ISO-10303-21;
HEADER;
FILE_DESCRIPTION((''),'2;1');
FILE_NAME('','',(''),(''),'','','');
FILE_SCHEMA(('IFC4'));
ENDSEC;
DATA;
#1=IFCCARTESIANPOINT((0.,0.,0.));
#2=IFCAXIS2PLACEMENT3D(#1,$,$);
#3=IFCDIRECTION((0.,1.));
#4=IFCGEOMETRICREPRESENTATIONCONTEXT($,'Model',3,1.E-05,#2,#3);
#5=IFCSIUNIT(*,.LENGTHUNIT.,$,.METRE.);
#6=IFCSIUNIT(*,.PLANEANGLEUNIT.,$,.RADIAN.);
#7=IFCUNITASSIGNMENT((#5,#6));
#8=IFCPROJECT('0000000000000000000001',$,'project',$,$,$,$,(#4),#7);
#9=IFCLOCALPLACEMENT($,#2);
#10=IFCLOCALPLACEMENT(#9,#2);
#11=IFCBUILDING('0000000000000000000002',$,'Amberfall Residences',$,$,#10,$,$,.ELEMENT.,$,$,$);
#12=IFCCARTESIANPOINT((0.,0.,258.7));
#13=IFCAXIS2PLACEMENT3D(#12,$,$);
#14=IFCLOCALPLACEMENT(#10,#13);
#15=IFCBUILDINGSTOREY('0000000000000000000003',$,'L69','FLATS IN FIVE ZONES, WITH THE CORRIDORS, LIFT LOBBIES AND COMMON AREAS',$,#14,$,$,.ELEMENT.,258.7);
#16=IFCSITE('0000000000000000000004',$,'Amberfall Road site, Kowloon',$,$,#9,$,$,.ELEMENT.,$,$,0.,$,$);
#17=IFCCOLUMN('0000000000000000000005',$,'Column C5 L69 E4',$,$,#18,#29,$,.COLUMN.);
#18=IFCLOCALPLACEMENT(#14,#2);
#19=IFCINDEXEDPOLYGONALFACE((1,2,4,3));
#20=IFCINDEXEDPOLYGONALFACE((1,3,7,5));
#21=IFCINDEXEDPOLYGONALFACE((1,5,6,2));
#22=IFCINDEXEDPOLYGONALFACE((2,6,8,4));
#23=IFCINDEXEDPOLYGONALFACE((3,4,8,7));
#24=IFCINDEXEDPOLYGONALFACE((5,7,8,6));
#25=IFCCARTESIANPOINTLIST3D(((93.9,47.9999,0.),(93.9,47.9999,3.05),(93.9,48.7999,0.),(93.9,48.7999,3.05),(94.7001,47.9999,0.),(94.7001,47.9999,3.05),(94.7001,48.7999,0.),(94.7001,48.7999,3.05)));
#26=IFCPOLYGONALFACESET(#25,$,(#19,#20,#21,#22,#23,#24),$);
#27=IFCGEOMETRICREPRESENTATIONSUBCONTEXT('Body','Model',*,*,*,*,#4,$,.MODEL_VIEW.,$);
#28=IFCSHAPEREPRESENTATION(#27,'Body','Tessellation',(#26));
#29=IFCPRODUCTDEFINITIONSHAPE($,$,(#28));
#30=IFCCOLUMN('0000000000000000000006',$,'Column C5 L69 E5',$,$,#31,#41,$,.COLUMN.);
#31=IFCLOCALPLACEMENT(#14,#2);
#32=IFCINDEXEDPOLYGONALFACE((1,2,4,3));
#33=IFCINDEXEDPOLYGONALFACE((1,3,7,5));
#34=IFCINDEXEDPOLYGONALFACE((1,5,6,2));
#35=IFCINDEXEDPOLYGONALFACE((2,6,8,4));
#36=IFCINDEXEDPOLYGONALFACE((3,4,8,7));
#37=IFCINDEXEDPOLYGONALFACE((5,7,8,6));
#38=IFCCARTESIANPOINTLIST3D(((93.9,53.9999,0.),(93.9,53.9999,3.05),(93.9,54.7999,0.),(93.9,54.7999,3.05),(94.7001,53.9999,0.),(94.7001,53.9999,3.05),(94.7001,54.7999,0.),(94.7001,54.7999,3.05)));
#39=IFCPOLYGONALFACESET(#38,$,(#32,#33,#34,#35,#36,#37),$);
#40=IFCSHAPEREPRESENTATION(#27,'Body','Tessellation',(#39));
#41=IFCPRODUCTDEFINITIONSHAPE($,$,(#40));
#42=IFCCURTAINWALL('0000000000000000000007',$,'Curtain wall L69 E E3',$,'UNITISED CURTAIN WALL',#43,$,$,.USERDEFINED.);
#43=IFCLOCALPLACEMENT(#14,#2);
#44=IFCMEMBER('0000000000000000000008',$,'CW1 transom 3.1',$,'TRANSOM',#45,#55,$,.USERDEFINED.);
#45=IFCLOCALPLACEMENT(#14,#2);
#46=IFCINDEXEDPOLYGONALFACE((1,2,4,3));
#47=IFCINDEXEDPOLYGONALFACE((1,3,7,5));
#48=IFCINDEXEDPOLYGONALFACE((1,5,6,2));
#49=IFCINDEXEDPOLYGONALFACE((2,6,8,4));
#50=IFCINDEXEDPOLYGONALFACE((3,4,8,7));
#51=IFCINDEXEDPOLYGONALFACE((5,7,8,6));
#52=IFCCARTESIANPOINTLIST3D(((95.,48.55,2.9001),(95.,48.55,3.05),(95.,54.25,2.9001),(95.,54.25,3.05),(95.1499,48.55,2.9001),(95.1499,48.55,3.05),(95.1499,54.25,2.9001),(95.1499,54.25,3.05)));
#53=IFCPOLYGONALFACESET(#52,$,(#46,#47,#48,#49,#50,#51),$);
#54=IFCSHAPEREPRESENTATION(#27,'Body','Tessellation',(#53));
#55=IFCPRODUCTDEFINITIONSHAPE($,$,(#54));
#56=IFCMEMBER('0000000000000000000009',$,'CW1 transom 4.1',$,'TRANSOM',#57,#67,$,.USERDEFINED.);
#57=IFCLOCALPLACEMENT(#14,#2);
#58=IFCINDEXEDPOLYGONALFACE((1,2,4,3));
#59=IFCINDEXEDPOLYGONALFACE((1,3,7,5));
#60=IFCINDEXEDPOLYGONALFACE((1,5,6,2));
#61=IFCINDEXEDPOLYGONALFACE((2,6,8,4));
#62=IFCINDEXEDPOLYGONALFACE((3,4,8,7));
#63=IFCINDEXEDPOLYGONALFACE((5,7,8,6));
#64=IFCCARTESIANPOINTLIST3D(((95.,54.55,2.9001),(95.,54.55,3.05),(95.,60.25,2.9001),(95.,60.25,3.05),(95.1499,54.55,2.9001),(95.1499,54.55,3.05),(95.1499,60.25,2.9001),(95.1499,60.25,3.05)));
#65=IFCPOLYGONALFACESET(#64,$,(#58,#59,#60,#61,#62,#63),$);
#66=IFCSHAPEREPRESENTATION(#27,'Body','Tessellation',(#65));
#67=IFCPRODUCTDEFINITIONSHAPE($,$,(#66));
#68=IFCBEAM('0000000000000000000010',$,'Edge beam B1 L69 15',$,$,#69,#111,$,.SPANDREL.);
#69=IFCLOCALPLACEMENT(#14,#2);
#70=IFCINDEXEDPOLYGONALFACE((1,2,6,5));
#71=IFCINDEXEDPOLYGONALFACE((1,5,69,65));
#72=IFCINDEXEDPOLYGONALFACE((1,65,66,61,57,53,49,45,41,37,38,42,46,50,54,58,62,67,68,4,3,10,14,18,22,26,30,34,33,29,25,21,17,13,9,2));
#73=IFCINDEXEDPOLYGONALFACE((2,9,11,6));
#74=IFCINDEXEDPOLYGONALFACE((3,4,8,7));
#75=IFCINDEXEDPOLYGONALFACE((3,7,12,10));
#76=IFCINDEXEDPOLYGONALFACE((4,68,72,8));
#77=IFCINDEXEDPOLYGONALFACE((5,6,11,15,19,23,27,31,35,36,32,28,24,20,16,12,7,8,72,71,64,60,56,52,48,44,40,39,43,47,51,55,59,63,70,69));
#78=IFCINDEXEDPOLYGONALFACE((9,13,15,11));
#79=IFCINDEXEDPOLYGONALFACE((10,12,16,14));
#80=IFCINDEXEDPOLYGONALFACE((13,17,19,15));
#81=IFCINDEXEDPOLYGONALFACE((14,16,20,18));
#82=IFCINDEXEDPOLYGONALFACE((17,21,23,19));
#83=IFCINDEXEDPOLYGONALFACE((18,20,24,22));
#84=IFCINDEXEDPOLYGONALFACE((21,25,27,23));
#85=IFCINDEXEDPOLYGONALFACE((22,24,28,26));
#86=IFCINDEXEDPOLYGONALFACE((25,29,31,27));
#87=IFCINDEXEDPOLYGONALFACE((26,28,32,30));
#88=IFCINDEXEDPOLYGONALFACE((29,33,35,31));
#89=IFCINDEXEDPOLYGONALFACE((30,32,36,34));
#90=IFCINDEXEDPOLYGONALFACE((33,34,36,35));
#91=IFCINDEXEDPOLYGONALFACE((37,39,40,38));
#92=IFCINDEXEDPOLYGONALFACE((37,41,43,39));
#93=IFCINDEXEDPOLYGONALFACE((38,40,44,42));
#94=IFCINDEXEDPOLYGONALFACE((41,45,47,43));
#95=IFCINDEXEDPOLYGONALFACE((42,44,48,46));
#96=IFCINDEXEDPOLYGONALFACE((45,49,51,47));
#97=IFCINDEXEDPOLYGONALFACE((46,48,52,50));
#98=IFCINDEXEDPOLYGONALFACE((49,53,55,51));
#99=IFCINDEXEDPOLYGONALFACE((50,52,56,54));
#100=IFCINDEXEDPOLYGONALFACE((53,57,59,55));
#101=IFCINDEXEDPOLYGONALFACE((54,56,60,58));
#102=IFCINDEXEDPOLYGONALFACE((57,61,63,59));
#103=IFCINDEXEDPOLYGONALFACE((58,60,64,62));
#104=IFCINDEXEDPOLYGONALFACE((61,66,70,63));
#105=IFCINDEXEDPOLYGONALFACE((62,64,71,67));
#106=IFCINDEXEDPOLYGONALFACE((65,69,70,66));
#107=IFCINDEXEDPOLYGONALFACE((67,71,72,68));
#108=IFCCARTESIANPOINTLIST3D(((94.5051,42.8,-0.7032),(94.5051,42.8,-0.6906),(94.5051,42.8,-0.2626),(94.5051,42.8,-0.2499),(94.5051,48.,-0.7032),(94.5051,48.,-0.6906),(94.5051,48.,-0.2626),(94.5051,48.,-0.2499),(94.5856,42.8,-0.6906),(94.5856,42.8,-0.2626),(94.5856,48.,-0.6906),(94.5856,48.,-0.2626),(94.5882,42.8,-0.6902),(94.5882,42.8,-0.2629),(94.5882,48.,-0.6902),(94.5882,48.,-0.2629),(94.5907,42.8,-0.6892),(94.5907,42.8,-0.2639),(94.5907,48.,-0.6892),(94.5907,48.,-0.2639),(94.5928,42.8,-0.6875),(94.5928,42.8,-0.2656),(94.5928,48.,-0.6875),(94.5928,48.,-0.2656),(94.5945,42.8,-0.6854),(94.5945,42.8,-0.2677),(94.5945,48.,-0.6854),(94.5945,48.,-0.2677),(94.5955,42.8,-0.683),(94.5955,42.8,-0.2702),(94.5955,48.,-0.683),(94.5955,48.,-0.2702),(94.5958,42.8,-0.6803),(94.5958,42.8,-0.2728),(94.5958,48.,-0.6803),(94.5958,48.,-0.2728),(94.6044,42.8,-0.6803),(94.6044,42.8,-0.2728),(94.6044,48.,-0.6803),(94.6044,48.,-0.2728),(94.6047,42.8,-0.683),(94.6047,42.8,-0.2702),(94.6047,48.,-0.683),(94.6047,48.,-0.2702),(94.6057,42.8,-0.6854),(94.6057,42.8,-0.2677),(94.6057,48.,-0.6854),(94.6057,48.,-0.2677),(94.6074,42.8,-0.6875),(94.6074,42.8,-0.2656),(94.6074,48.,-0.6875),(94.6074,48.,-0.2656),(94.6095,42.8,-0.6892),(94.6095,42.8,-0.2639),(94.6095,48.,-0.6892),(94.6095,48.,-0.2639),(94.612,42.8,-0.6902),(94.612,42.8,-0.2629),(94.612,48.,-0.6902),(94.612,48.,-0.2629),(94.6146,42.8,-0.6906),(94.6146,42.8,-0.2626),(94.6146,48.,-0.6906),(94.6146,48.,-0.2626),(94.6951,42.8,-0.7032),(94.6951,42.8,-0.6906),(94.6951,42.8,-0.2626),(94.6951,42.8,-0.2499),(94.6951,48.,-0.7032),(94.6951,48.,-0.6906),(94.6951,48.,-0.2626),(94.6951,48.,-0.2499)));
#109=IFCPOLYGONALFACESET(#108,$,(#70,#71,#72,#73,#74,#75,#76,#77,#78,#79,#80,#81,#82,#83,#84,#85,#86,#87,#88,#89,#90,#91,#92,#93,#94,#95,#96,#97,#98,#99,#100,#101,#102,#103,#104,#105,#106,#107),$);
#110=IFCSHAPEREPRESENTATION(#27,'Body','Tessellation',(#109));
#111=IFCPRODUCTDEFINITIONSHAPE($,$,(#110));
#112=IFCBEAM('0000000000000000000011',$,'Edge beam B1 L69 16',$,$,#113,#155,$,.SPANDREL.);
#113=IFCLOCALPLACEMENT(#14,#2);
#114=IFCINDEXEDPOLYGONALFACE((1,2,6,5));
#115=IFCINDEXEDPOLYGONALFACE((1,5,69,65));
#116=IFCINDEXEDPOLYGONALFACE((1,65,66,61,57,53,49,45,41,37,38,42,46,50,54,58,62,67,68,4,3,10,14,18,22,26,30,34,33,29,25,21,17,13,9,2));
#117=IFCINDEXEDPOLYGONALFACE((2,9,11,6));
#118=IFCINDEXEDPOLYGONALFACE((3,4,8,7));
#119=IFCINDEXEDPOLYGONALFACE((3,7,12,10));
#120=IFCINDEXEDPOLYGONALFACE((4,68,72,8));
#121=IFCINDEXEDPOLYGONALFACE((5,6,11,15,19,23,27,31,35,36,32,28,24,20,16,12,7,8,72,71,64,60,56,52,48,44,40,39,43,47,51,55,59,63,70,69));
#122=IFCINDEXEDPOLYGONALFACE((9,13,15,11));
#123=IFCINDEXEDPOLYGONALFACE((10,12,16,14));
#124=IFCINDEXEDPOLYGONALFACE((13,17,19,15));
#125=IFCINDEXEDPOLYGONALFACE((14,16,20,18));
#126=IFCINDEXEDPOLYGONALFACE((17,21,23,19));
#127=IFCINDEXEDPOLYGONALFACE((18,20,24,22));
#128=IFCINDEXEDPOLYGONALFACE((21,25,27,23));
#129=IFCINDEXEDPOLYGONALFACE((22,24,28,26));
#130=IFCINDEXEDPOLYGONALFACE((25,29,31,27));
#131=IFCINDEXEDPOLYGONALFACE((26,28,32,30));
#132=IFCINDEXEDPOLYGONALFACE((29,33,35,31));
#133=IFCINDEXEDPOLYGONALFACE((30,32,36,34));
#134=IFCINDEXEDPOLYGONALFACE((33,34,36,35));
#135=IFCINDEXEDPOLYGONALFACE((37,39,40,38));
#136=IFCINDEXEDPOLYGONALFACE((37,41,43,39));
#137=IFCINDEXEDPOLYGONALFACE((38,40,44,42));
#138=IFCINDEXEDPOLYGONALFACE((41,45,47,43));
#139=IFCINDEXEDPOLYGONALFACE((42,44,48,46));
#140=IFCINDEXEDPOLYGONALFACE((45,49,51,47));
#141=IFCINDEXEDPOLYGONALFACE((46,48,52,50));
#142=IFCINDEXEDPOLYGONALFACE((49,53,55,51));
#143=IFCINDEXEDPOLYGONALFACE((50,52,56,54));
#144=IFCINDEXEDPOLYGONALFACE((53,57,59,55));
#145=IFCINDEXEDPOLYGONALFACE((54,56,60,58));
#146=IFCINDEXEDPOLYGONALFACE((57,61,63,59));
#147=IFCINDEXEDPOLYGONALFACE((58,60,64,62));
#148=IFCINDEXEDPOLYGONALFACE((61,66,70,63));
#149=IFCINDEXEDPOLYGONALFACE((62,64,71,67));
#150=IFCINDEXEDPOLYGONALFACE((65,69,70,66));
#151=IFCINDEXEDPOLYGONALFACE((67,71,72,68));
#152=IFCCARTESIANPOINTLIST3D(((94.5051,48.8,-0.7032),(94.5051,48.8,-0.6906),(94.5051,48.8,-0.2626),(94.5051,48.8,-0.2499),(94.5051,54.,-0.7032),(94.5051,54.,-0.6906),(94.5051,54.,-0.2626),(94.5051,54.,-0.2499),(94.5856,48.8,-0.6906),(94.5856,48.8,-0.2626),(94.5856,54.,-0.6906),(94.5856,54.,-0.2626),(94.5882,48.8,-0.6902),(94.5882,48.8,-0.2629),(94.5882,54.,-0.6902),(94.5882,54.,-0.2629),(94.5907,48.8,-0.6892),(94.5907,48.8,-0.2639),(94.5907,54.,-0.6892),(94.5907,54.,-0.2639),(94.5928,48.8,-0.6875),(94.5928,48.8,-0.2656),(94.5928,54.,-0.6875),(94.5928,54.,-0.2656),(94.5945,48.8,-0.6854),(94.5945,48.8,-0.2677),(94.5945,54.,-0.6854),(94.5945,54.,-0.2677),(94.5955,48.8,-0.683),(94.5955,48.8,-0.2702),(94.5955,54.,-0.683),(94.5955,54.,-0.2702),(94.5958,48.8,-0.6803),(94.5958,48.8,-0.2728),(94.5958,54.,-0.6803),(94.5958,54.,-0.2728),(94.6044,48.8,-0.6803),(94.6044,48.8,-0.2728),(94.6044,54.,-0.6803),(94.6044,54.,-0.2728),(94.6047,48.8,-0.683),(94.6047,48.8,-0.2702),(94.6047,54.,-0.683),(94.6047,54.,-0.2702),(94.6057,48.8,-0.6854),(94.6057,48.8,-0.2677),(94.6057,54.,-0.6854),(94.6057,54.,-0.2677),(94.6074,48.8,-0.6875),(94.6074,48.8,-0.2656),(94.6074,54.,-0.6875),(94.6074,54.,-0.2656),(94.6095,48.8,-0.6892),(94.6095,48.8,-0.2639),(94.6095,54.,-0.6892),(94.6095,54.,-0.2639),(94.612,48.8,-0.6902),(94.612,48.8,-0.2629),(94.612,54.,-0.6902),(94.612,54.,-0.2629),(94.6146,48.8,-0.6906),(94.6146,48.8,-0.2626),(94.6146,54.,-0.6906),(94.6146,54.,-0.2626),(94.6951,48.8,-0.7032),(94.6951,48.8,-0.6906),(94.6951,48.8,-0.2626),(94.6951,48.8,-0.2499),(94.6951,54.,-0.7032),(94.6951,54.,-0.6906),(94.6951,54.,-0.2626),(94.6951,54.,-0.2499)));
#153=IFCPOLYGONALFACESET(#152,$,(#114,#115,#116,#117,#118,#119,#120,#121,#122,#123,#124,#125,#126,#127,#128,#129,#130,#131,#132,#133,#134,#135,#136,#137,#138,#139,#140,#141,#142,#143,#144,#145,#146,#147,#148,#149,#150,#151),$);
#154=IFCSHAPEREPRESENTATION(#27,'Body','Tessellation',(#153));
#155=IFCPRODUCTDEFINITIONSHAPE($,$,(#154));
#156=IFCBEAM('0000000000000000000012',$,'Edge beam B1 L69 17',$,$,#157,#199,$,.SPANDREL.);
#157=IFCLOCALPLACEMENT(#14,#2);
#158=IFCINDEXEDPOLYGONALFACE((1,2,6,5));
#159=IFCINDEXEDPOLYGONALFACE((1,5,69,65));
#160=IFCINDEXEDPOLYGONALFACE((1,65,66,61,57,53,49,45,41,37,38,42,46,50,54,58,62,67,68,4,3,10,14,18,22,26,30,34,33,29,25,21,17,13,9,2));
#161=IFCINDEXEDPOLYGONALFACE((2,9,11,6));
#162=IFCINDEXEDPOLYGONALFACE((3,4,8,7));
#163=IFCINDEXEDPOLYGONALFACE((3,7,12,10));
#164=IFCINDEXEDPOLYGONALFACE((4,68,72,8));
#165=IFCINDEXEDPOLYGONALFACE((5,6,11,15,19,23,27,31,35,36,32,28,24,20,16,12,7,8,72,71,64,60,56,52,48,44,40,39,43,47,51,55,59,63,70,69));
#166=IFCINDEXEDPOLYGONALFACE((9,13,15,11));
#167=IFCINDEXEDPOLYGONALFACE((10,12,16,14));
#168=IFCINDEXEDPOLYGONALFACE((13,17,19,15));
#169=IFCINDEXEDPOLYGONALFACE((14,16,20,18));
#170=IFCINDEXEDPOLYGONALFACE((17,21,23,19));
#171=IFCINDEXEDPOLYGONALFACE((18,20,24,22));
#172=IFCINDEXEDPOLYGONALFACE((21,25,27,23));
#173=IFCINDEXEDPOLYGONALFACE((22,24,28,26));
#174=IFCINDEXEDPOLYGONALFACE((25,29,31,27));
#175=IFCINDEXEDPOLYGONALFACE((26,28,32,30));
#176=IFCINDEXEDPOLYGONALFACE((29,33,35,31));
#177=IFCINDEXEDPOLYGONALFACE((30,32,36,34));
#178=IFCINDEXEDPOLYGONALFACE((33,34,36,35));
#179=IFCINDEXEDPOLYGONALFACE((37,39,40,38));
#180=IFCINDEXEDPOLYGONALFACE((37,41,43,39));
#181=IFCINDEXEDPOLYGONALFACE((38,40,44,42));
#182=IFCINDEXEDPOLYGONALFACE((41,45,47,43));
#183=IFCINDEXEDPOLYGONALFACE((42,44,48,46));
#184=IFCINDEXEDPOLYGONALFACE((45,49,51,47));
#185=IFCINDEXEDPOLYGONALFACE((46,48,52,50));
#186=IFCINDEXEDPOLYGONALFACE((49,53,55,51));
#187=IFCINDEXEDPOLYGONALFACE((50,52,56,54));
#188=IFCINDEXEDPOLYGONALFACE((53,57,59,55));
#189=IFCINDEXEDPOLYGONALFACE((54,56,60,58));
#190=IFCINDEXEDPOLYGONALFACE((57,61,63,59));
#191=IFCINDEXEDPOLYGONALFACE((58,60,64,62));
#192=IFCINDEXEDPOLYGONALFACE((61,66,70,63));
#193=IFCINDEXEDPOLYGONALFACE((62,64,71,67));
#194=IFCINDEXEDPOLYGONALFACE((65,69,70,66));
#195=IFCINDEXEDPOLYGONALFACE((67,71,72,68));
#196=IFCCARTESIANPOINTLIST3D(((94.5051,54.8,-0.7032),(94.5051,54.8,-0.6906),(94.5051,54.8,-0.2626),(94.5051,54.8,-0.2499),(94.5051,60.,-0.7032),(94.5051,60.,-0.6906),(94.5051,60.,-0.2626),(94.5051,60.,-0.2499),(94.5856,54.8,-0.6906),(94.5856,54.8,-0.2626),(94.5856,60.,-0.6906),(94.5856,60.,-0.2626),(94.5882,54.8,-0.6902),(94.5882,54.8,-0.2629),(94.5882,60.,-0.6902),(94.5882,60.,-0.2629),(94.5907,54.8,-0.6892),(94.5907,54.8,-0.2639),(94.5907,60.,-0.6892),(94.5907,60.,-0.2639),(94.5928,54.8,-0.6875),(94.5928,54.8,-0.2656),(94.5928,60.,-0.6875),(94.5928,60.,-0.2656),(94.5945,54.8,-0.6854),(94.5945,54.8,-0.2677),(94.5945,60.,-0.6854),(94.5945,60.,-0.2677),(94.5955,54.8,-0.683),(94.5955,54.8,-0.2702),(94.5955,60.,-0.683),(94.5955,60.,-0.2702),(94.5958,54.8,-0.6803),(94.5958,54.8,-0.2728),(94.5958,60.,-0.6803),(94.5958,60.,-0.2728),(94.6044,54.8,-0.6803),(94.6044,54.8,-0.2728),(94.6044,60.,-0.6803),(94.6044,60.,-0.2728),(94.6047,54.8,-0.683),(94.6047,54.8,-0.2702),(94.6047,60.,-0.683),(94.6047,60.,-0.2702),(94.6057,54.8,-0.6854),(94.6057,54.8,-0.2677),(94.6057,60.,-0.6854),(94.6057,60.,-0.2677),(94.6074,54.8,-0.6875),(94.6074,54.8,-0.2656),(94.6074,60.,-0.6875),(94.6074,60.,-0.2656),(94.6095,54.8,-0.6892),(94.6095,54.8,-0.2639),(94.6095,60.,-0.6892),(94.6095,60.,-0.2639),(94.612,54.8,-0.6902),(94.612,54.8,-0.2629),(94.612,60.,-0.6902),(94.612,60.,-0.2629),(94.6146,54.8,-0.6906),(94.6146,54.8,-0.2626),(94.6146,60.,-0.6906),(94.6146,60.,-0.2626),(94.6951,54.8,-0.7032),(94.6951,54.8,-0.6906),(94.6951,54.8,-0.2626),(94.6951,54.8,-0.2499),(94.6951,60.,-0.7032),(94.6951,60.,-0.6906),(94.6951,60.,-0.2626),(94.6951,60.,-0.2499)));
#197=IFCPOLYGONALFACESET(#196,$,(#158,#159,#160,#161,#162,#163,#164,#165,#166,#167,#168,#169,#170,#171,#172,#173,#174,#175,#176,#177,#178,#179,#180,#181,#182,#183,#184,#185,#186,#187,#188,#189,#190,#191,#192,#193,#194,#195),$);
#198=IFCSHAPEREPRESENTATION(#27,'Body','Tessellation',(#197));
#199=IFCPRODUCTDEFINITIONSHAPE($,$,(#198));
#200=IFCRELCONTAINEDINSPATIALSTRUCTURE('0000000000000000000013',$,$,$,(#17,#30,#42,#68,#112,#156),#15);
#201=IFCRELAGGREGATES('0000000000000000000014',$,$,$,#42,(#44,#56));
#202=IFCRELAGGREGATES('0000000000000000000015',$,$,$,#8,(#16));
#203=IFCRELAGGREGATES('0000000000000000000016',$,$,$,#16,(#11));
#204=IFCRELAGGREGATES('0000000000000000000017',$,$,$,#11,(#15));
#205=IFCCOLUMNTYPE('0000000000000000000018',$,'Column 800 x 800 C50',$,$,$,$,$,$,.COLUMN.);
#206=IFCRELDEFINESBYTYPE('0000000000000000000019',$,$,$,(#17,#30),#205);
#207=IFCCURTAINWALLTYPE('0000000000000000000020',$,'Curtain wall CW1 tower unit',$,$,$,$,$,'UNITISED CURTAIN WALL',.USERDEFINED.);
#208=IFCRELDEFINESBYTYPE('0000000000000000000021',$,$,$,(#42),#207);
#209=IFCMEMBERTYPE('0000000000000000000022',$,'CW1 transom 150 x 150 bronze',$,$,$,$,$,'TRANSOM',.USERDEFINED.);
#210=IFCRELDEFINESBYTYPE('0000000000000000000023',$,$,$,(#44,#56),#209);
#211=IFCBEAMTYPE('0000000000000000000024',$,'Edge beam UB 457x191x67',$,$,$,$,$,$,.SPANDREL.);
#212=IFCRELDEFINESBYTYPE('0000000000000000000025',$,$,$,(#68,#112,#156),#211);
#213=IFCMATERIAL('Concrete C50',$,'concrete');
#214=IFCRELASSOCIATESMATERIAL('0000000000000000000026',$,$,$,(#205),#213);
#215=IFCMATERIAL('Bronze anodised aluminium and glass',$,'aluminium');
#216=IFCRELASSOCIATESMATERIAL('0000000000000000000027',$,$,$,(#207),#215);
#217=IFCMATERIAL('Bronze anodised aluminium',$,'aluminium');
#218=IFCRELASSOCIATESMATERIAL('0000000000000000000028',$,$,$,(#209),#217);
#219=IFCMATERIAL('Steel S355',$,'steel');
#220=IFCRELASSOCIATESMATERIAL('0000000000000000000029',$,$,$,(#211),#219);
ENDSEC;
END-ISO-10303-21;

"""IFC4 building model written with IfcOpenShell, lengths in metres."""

from ifc_helpers import new_model, si_unit, direction, frame, origin, origin_2d, place, context, subcontext, project, spatial, rectangle, i_section, extrude, material, material_profile, profile_set, type_object, element, aggregate, save


model = new_model("IFC4")

# Units and contexts
model_context = context("Model", 3, precision=1e-05, world=origin(), true_north=direction((0.0, 1.0)))
body_context = subcontext(model_context, "Body", "Model", "MODEL_VIEW")
ifc_project = project(units=[si_unit("LENGTHUNIT", "METRE"), si_unit("PLANEANGLEUNIT", "RADIAN")], contexts=[model_context])

# Site, building, storey
site_placement = place(None, origin())
site = spatial("IfcSite", under=ifc_project, at=site_placement, Name="Amberfall Road site, Kowloon", CompositionType="ELEMENT", RefElevation=0.0)
building_placement = place(site_placement, origin())
building = spatial("IfcBuilding", under=site, at=building_placement, Name="Amberfall Residences", CompositionType="ELEMENT")
storey_placement = place(building_placement, frame((0.0, 0.0, 258.7)))
storey = spatial("IfcBuildingStorey", under=building, at=storey_placement, Name="L69", Description="FLATS IN FIVE ZONES, WITH THE CORRIDORS, LIFT LOBBIES AND COMMON AREAS", CompositionType="ELEMENT", Elevation=258.7)

# Columns
ifc_material_1 = material(Name="Concrete C50", Category="concrete")
ifc_material_profile_1 = material_profile(ifc_material_1, rectangle(XDim=0.8, YDim=0.8, at=origin_2d()), Name="Column 800 x 800 C50")
ifc_profile_set_1 = profile_set([ifc_material_profile_1], Name="Concrete C50")
column_type = type_object("IfcColumnType", Name="Column 800 x 800 C50", PredefinedType="COLUMN", material=ifc_profile_set_1)
for number, where, z_axis, x_axis, name in (
    (1, (94.3, 48.3999, 0.0), (0.0, 0.0, 1.0), (1.0, 0.0, 0.0), "Column C5 L69 E4"),
    (2, (94.3, 54.3999, 0.0), (0.0, 0.0, 1.0), (1.0, 0.0, 0.0), "Column C5 L69 E5"),
):
    element("IfcColumn", number, at=place(storey_placement, frame(where, z_axis=z_axis, x_axis=x_axis)), inside=storey, type_object=column_type, Name=name, PredefinedType="COLUMN", context=body_context, shape_type="SweptSolid", body=[
        extrude(rectangle(XDim=0.8, YDim=0.8, at=origin_2d()), origin(), (0.0, 0.0, 1.0), 3.05),
    ])

# Curtain wall, members
ifc_material_2 = material(Name="Bronze anodised aluminium and glass", Category="aluminium")
curtain_wall_type = type_object("IfcCurtainWallType", Name="Curtain wall CW1 tower unit", ElementType="UNITISED CURTAIN WALL", PredefinedType="USERDEFINED", material=ifc_material_2)
curtain_wall_placement = place(storey_placement, origin())
curtain_wall = element("IfcCurtainWall", 3, at=curtain_wall_placement, inside=storey, type_object=curtain_wall_type, Name="Curtain wall L69 E E3", ObjectType="UNITISED CURTAIN WALL", PredefinedType="USERDEFINED")
ifc_material_3 = material(Name="Bronze anodised aluminium", Category="aluminium")
ifc_material_profile_2 = material_profile(ifc_material_3, rectangle(XDim=0.1499, YDim=0.1499, at=origin_2d()), Name="CW1 transom 150 x 150 bronze")
ifc_profile_set_2 = profile_set([ifc_material_profile_2], Name="Bronze anodised aluminium")
member_type_1 = type_object("IfcMemberType", Name="CW1 transom 150 x 150 bronze", ElementType="TRANSOM", PredefinedType="USERDEFINED", material=ifc_profile_set_2)
member_1_placement = place(storey_placement, frame((95.075, 48.55, 2.9751), z_axis=(0.0, 1.0, 0.0), x_axis=(-1.0, 0.0, 0.0)))
member_1 = element("IfcMember", 4, at=member_1_placement, type_object=member_type_1, Name="CW1 transom 3.1", ObjectType="TRANSOM", PredefinedType="USERDEFINED", context=body_context, shape_type="SweptSolid", body=[
    extrude(rectangle(XDim=0.1499, YDim=0.1499, at=origin_2d()), origin(), (0.0, 0.0, 1.0), 5.7),
])
member_2_placement = place(storey_placement, frame((95.075, 54.55, 2.9751), z_axis=(0.0, 1.0, 0.0), x_axis=(-1.0, 0.0, 0.0)))
member_2 = element("IfcMember", 5, at=member_2_placement, type_object=member_type_1, Name="CW1 transom 4.1", ObjectType="TRANSOM", PredefinedType="USERDEFINED", context=body_context, shape_type="SweptSolid", body=[
    extrude(rectangle(XDim=0.1499, YDim=0.1499, at=origin_2d()), origin(), (0.0, 0.0, 1.0), 5.7),
])

# Beams
ifc_material_4 = material(Name="Steel S355", Category="steel")
ifc_material_profile_3 = material_profile(ifc_material_4, i_section(OverallWidth=0.1899, OverallDepth=0.4534, WebThickness=0.0085, FlangeThickness=0.0127, FilletRadius=0.0103, at=origin_2d()), Name="UB 457x191x67")
ifc_profile_set_3 = profile_set([ifc_material_profile_3], Name="Steel S355")
beam_type_1 = type_object("IfcBeamType", Name="Edge beam UB 457x191x67", PredefinedType="SPANDREL", material=ifc_profile_set_3)
for number, where, z_axis, x_axis, name in (
    (6, (94.6001, 42.8, -0.4766), (0.0, 1.0, 0.0), (-1.0, 0.0, 0.0), "Edge beam B1 L69 15"),
    (7, (94.6001, 48.8, -0.4766), (0.0, 1.0, 0.0), (-1.0, 0.0, 0.0), "Edge beam B1 L69 16"),
    (8, (94.6001, 54.8, -0.4766), (0.0, 1.0, 0.0), (-1.0, 0.0, 0.0), "Edge beam B1 L69 17"),
):
    element("IfcBeam", number, at=place(storey_placement, frame(where, z_axis=z_axis, x_axis=x_axis)), inside=storey, type_object=beam_type_1, Name=name, PredefinedType="SPANDREL", context=body_context, shape_type="SweptSolid", body=[
        extrude(i_section(OverallWidth=0.1899, OverallDepth=0.4534, WebThickness=0.0085, FlangeThickness=0.0127, FilletRadius=0.0103, at=origin_2d()), origin(), (0.0, 0.0, 1.0), 5.2),
    ])

aggregate(curtain_wall, [member_1, member_2])

save(model, "model.ifc")
